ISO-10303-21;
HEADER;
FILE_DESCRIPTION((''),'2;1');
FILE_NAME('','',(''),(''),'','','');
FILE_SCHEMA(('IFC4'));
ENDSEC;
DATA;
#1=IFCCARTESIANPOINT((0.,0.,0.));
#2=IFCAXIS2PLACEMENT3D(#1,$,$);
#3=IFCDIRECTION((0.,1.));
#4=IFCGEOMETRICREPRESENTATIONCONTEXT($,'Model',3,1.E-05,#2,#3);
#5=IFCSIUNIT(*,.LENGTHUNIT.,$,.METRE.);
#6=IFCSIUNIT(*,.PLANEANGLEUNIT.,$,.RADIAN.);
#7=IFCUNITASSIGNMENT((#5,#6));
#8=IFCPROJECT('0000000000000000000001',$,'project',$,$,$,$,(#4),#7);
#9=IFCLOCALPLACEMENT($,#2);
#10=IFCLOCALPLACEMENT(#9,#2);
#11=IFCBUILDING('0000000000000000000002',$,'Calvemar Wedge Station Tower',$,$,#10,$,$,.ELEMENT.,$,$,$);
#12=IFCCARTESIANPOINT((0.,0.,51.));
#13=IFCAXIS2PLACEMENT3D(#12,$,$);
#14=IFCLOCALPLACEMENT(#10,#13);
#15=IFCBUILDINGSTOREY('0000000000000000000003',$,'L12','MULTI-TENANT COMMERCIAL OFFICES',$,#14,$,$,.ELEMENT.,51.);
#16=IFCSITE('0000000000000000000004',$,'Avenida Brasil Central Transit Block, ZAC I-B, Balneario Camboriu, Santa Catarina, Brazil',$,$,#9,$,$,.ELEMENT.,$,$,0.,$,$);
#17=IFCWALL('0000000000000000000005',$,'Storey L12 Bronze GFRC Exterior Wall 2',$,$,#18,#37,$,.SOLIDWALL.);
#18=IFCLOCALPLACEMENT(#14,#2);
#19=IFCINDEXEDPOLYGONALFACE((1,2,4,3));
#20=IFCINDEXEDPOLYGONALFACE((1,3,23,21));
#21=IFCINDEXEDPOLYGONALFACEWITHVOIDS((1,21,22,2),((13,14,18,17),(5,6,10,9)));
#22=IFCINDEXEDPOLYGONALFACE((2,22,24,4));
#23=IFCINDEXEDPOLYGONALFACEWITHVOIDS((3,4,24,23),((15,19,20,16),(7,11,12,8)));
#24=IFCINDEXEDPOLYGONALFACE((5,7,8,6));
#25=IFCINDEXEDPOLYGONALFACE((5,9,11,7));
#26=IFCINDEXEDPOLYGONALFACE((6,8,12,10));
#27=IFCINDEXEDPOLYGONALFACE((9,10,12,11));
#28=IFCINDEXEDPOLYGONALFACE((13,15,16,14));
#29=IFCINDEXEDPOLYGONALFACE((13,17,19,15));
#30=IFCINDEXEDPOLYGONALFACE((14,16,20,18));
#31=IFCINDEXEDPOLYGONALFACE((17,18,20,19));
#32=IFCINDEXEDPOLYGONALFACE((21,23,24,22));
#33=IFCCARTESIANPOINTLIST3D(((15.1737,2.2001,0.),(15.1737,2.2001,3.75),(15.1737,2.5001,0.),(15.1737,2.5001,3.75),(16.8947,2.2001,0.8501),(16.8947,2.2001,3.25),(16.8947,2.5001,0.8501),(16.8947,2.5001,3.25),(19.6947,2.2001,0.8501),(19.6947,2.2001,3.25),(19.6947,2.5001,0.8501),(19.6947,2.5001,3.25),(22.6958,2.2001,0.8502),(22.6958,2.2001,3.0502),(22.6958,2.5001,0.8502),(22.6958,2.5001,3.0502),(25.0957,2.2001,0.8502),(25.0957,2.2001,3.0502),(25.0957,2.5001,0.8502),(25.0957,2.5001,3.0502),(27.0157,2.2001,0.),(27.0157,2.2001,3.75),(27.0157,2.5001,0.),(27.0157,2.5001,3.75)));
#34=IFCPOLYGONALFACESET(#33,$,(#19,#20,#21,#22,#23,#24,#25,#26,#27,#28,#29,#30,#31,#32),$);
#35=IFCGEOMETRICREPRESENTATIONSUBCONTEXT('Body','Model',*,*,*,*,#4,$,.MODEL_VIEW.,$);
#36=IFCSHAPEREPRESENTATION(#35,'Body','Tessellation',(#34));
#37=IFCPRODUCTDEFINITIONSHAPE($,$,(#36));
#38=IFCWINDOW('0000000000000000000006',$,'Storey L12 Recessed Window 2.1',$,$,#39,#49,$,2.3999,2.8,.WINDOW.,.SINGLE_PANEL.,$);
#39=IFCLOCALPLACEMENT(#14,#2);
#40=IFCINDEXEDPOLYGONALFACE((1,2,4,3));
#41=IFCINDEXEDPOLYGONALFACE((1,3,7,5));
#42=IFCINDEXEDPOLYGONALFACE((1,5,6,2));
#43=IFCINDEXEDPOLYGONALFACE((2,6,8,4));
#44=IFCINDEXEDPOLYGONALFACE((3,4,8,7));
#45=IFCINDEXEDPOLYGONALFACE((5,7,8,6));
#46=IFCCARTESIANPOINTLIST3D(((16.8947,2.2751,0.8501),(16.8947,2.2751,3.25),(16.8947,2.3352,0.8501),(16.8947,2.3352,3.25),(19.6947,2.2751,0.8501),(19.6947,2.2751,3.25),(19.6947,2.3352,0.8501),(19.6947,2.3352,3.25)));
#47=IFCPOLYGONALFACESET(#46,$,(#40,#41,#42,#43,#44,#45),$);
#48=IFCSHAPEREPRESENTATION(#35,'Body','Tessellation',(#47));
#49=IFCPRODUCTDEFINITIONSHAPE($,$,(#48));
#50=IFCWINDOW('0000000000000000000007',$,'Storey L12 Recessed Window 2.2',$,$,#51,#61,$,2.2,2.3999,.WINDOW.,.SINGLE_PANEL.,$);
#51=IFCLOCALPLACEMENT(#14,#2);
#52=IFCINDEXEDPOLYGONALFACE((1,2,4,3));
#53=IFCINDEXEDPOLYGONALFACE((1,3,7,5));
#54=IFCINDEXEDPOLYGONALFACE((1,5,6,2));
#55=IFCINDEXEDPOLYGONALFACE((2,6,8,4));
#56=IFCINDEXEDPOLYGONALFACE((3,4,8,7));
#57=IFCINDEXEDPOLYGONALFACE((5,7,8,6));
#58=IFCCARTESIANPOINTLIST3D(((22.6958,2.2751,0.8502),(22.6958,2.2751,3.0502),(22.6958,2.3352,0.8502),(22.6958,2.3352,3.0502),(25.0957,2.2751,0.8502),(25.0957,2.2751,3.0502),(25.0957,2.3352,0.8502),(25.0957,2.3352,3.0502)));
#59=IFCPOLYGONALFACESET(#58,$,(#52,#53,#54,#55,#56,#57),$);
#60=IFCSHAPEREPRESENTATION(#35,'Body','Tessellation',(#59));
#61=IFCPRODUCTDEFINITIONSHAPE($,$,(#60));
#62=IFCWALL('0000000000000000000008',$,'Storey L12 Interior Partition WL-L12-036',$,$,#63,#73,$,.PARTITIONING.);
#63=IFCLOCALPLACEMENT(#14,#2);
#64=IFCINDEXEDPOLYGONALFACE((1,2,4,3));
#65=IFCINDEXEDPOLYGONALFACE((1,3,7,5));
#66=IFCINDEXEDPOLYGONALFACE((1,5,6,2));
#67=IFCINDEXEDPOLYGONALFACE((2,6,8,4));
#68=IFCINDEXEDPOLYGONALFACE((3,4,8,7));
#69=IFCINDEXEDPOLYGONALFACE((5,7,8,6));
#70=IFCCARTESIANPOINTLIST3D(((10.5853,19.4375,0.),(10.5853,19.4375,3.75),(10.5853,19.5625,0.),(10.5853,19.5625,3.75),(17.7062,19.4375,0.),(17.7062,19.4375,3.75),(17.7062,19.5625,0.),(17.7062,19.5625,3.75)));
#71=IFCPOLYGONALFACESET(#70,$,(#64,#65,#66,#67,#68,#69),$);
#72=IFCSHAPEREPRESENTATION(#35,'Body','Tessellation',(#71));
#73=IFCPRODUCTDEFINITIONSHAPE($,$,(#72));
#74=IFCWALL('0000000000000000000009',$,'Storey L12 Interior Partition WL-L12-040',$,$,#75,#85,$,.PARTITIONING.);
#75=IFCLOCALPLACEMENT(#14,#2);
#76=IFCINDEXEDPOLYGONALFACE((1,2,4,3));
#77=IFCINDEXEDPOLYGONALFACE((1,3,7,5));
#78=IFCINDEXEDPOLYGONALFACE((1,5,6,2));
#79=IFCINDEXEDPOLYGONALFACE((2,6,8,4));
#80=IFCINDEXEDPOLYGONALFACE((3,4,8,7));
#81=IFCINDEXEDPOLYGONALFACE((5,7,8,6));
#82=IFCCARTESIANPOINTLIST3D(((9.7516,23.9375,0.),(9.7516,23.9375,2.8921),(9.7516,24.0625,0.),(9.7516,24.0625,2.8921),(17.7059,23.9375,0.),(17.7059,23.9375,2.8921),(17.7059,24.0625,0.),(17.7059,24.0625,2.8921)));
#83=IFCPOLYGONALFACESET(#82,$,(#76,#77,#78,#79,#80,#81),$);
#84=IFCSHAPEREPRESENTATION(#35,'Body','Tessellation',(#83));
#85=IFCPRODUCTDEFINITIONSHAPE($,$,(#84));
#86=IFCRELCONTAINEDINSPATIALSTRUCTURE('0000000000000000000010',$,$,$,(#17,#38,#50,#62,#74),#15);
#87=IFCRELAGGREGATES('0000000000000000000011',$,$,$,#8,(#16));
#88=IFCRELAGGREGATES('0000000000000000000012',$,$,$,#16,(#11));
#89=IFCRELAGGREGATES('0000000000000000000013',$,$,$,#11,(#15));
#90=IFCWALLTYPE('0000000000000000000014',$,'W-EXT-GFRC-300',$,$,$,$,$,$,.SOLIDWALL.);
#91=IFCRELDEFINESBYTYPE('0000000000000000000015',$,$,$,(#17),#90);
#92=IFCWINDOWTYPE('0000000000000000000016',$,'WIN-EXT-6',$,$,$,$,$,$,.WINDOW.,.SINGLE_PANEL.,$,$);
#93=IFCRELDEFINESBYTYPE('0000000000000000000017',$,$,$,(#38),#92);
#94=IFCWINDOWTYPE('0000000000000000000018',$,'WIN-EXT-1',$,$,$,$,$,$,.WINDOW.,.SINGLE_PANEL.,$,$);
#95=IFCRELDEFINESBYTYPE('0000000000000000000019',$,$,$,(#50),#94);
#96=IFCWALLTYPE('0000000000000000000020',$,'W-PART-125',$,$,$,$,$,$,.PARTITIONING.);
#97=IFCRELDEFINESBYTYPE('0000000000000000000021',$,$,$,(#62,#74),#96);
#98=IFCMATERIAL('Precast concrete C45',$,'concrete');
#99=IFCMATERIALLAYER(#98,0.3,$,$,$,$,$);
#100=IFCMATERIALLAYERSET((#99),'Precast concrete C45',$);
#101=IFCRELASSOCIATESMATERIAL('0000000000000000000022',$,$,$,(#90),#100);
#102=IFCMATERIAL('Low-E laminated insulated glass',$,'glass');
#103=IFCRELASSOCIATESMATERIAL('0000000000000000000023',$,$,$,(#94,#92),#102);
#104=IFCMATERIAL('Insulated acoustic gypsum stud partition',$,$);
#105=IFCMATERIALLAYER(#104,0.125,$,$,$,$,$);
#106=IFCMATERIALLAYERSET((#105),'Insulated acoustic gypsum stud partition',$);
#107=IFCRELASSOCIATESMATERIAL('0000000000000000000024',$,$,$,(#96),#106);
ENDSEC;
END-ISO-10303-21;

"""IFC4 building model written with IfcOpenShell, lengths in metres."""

from ifc_helpers import new_model, si_unit, direction, frame, frame_2d, origin, place, context, subcontext, project, spatial, rectangle, extrude, source, transform, mapped, material, layer, layer_set, type_object, element, fill, save


model = new_model("IFC4")

# Units and contexts
model_context = context("Model", 3, precision=1e-05, world=origin(), true_north=direction((0.0, 1.0)))
body_context = subcontext(model_context, "Body", "Model", "MODEL_VIEW")
ifc_project = project(units=[si_unit("LENGTHUNIT", "METRE"), si_unit("PLANEANGLEUNIT", "RADIAN")], contexts=[model_context])

# Site, building, storey
site_placement = place(None, origin())
site = spatial("IfcSite", under=ifc_project, at=site_placement, Name="Avenida Brasil Central Transit Block, ZAC I-B, Balneario Camboriu, Santa Catarina, Brazil", CompositionType="ELEMENT", RefElevation=0.0)
building_placement = place(site_placement, origin())
building = spatial("IfcBuilding", under=site, at=building_placement, Name="Calvemar Wedge Station Tower", CompositionType="ELEMENT")
storey_placement = place(building_placement, frame((0.0, 0.0, 51.0)))
storey = spatial("IfcBuildingStorey", under=building, at=storey_placement, Name="L12", Description="MULTI-TENANT COMMERCIAL OFFICES", CompositionType="ELEMENT", Elevation=51.0)

# Shared definitions
ifc_material_1 = material(Name="Precast concrete C45", Category="concrete")

# Shared definitions
ifc_layer_1 = layer(ifc_material_1, 0.3)
ifc_layer_set_1 = layer_set([ifc_layer_1], Name="Precast concrete C45")
wall_type_1 = type_object("IfcWallType", Name="W-EXT-GFRC-300", PredefinedType="SOLIDWALL", material=ifc_layer_set_1)
shared_shape_1 = source(origin(), body_context, "Body", "SweptSolid", [
    extrude(rectangle(XDim=2.3999, YDim=2.2, at=frame_2d((1.2, 1.1001))), frame((0.0, 0.1602, 0.0), z_axis=(0.0, -1.0, 0.0), x_axis=(1.0, 0.0, 0.0)), (0.0, 0.0, 1.0), 0.3201),
])
ifc_material_2 = material(Name="Low-E laminated insulated glass", Category="glass")
window_type_1 = type_object("IfcWindowType", Name="WIN-EXT-1", PartitioningType="SINGLE_PANEL", PredefinedType="WINDOW", material=ifc_material_2)
shared_shape_2 = source(origin(), body_context, "Body", "SweptSolid", [
    extrude(rectangle(XDim=2.3999, YDim=2.2, at=frame_2d((1.2, 1.1001))), frame((0.0, -0.0149, 0.0), z_axis=(0.0, -1.0, 0.0), x_axis=(1.0, 0.0, 0.0)), (0.0, 0.0, 1.0), 0.0601),
])

# Wall, openings, windows
wall_1_placement = place(storey_placement, frame((15.1738, 2.3501, 0.0), z_axis=(0.0, 0.0, 1.0), x_axis=(1.0, 0.0, 0.0)))
wall_1 = element("IfcWall", 1, at=wall_1_placement, inside=storey, type_object=wall_type_1, Name="Storey L12 Bronze GFRC Exterior Wall 2", PredefinedType="SOLIDWALL", context=body_context, shape_type="SweptSolid", body=[
    extrude(rectangle(XDim=11.842, YDim=0.3, at=frame_2d((5.9209, 0.0))), origin(), (0.0, 0.0, 1.0), 3.75),
])
shared_shape_3 = source(origin(), body_context, "Body", "SweptSolid", [
    extrude(rectangle(XDim=2.8, YDim=2.3999, at=frame_2d((1.3999, 1.2))), frame((0.0, 0.1602, 0.0), z_axis=(0.0, -1.0, 0.0), x_axis=(1.0, 0.0, 0.0)), (0.0, 0.0, 1.0), 0.3201),
])
opening_1_placement = place(wall_1_placement, frame((1.7209, 0.0, 0.8501)))
opening_1 = element("IfcOpeningElement", 2, at=opening_1_placement, cuts=wall_1, PredefinedType="OPENING", context=body_context, shape_type="MappedRepresentation", body=[
    mapped(shared_shape_3, transform((0.0, 0.0, 0.0), scale=1.0)),
])
opening_2_placement = place(wall_1_placement, frame((7.522, 0.0, 0.8501)))
opening_2 = element("IfcOpeningElement", 3, at=opening_2_placement, cuts=wall_1, PredefinedType="OPENING", context=body_context, shape_type="MappedRepresentation", body=[
    mapped(shared_shape_1, transform((0.0, 0.0, 0.0), scale=1.0)),
])
window_type_2 = type_object("IfcWindowType", Name="WIN-EXT-6", PartitioningType="SINGLE_PANEL", PredefinedType="WINDOW", material=ifc_material_2)
shared_shape_4 = source(origin(), body_context, "Body", "SweptSolid", [
    extrude(rectangle(XDim=2.8, YDim=2.3999, at=frame_2d((1.3999, 1.2))), frame((0.0, -0.0149, 0.0), z_axis=(0.0, -1.0, 0.0), x_axis=(1.0, 0.0, 0.0)), (0.0, 0.0, 1.0), 0.0601),
])
window_1_placement = place(opening_1_placement, origin())
window_1 = element("IfcWindow", 4, at=window_1_placement, inside=storey, type_object=window_type_2, Name="Storey L12 Recessed Window 2.1", OverallHeight=2.3999, OverallWidth=2.8, PartitioningType="SINGLE_PANEL", PredefinedType="WINDOW", context=body_context, shape_type="MappedRepresentation", body=[
    mapped(shared_shape_4, transform((0.0, 0.0, 0.0), scale=1.0)),
])
fill(opening_1, window_1)
window_2_placement = place(opening_2_placement, origin())
window_2 = element("IfcWindow", 5, at=window_2_placement, inside=storey, type_object=window_type_1, Name="Storey L12 Recessed Window 2.2", OverallHeight=2.2, OverallWidth=2.3999, PartitioningType="SINGLE_PANEL", PredefinedType="WINDOW", context=body_context, shape_type="MappedRepresentation", body=[
    mapped(shared_shape_2, transform((0.0, 0.0, 0.0), scale=1.0)),
])
fill(opening_2, window_2)

# Walls
ifc_material_3 = material(Name="Insulated acoustic gypsum stud partition")
ifc_layer_2 = layer(ifc_material_3, 0.125)
ifc_layer_set_2 = layer_set([ifc_layer_2], Name="Insulated acoustic gypsum stud partition")
wall_type_2 = type_object("IfcWallType", Name="W-PART-125", PredefinedType="PARTITIONING", material=ifc_layer_set_2)
wall_2_placement = place(storey_placement, frame((10.5852, 19.5, 0.0), z_axis=(0.0, 0.0, 1.0), x_axis=(1.0, 0.0, 0.0)))
element("IfcWall", 6, at=wall_2_placement, inside=storey, type_object=wall_type_2, Name="Storey L12 Interior Partition WL-L12-036", PredefinedType="PARTITIONING", context=body_context, shape_type="SweptSolid", body=[
    extrude(rectangle(XDim=7.1208, YDim=0.125, at=frame_2d((3.5605, 0.0))), origin(), (0.0, 0.0, 1.0), 3.75),
])
wall_3_placement = place(storey_placement, frame((9.7517, 24.0, 0.0), z_axis=(0.0, 0.0, 1.0), x_axis=(1.0, 0.0, 0.0)))
element("IfcWall", 7, at=wall_3_placement, inside=storey, type_object=wall_type_2, Name="Storey L12 Interior Partition WL-L12-040", PredefinedType="PARTITIONING", context=body_context, shape_type="SweptSolid", body=[
    extrude(rectangle(XDim=7.9543, YDim=0.125, at=frame_2d((3.9771, 0.0))), origin(), (0.0, 0.0, 1.0), 2.8921),
])

save(model, "model.ifc")
